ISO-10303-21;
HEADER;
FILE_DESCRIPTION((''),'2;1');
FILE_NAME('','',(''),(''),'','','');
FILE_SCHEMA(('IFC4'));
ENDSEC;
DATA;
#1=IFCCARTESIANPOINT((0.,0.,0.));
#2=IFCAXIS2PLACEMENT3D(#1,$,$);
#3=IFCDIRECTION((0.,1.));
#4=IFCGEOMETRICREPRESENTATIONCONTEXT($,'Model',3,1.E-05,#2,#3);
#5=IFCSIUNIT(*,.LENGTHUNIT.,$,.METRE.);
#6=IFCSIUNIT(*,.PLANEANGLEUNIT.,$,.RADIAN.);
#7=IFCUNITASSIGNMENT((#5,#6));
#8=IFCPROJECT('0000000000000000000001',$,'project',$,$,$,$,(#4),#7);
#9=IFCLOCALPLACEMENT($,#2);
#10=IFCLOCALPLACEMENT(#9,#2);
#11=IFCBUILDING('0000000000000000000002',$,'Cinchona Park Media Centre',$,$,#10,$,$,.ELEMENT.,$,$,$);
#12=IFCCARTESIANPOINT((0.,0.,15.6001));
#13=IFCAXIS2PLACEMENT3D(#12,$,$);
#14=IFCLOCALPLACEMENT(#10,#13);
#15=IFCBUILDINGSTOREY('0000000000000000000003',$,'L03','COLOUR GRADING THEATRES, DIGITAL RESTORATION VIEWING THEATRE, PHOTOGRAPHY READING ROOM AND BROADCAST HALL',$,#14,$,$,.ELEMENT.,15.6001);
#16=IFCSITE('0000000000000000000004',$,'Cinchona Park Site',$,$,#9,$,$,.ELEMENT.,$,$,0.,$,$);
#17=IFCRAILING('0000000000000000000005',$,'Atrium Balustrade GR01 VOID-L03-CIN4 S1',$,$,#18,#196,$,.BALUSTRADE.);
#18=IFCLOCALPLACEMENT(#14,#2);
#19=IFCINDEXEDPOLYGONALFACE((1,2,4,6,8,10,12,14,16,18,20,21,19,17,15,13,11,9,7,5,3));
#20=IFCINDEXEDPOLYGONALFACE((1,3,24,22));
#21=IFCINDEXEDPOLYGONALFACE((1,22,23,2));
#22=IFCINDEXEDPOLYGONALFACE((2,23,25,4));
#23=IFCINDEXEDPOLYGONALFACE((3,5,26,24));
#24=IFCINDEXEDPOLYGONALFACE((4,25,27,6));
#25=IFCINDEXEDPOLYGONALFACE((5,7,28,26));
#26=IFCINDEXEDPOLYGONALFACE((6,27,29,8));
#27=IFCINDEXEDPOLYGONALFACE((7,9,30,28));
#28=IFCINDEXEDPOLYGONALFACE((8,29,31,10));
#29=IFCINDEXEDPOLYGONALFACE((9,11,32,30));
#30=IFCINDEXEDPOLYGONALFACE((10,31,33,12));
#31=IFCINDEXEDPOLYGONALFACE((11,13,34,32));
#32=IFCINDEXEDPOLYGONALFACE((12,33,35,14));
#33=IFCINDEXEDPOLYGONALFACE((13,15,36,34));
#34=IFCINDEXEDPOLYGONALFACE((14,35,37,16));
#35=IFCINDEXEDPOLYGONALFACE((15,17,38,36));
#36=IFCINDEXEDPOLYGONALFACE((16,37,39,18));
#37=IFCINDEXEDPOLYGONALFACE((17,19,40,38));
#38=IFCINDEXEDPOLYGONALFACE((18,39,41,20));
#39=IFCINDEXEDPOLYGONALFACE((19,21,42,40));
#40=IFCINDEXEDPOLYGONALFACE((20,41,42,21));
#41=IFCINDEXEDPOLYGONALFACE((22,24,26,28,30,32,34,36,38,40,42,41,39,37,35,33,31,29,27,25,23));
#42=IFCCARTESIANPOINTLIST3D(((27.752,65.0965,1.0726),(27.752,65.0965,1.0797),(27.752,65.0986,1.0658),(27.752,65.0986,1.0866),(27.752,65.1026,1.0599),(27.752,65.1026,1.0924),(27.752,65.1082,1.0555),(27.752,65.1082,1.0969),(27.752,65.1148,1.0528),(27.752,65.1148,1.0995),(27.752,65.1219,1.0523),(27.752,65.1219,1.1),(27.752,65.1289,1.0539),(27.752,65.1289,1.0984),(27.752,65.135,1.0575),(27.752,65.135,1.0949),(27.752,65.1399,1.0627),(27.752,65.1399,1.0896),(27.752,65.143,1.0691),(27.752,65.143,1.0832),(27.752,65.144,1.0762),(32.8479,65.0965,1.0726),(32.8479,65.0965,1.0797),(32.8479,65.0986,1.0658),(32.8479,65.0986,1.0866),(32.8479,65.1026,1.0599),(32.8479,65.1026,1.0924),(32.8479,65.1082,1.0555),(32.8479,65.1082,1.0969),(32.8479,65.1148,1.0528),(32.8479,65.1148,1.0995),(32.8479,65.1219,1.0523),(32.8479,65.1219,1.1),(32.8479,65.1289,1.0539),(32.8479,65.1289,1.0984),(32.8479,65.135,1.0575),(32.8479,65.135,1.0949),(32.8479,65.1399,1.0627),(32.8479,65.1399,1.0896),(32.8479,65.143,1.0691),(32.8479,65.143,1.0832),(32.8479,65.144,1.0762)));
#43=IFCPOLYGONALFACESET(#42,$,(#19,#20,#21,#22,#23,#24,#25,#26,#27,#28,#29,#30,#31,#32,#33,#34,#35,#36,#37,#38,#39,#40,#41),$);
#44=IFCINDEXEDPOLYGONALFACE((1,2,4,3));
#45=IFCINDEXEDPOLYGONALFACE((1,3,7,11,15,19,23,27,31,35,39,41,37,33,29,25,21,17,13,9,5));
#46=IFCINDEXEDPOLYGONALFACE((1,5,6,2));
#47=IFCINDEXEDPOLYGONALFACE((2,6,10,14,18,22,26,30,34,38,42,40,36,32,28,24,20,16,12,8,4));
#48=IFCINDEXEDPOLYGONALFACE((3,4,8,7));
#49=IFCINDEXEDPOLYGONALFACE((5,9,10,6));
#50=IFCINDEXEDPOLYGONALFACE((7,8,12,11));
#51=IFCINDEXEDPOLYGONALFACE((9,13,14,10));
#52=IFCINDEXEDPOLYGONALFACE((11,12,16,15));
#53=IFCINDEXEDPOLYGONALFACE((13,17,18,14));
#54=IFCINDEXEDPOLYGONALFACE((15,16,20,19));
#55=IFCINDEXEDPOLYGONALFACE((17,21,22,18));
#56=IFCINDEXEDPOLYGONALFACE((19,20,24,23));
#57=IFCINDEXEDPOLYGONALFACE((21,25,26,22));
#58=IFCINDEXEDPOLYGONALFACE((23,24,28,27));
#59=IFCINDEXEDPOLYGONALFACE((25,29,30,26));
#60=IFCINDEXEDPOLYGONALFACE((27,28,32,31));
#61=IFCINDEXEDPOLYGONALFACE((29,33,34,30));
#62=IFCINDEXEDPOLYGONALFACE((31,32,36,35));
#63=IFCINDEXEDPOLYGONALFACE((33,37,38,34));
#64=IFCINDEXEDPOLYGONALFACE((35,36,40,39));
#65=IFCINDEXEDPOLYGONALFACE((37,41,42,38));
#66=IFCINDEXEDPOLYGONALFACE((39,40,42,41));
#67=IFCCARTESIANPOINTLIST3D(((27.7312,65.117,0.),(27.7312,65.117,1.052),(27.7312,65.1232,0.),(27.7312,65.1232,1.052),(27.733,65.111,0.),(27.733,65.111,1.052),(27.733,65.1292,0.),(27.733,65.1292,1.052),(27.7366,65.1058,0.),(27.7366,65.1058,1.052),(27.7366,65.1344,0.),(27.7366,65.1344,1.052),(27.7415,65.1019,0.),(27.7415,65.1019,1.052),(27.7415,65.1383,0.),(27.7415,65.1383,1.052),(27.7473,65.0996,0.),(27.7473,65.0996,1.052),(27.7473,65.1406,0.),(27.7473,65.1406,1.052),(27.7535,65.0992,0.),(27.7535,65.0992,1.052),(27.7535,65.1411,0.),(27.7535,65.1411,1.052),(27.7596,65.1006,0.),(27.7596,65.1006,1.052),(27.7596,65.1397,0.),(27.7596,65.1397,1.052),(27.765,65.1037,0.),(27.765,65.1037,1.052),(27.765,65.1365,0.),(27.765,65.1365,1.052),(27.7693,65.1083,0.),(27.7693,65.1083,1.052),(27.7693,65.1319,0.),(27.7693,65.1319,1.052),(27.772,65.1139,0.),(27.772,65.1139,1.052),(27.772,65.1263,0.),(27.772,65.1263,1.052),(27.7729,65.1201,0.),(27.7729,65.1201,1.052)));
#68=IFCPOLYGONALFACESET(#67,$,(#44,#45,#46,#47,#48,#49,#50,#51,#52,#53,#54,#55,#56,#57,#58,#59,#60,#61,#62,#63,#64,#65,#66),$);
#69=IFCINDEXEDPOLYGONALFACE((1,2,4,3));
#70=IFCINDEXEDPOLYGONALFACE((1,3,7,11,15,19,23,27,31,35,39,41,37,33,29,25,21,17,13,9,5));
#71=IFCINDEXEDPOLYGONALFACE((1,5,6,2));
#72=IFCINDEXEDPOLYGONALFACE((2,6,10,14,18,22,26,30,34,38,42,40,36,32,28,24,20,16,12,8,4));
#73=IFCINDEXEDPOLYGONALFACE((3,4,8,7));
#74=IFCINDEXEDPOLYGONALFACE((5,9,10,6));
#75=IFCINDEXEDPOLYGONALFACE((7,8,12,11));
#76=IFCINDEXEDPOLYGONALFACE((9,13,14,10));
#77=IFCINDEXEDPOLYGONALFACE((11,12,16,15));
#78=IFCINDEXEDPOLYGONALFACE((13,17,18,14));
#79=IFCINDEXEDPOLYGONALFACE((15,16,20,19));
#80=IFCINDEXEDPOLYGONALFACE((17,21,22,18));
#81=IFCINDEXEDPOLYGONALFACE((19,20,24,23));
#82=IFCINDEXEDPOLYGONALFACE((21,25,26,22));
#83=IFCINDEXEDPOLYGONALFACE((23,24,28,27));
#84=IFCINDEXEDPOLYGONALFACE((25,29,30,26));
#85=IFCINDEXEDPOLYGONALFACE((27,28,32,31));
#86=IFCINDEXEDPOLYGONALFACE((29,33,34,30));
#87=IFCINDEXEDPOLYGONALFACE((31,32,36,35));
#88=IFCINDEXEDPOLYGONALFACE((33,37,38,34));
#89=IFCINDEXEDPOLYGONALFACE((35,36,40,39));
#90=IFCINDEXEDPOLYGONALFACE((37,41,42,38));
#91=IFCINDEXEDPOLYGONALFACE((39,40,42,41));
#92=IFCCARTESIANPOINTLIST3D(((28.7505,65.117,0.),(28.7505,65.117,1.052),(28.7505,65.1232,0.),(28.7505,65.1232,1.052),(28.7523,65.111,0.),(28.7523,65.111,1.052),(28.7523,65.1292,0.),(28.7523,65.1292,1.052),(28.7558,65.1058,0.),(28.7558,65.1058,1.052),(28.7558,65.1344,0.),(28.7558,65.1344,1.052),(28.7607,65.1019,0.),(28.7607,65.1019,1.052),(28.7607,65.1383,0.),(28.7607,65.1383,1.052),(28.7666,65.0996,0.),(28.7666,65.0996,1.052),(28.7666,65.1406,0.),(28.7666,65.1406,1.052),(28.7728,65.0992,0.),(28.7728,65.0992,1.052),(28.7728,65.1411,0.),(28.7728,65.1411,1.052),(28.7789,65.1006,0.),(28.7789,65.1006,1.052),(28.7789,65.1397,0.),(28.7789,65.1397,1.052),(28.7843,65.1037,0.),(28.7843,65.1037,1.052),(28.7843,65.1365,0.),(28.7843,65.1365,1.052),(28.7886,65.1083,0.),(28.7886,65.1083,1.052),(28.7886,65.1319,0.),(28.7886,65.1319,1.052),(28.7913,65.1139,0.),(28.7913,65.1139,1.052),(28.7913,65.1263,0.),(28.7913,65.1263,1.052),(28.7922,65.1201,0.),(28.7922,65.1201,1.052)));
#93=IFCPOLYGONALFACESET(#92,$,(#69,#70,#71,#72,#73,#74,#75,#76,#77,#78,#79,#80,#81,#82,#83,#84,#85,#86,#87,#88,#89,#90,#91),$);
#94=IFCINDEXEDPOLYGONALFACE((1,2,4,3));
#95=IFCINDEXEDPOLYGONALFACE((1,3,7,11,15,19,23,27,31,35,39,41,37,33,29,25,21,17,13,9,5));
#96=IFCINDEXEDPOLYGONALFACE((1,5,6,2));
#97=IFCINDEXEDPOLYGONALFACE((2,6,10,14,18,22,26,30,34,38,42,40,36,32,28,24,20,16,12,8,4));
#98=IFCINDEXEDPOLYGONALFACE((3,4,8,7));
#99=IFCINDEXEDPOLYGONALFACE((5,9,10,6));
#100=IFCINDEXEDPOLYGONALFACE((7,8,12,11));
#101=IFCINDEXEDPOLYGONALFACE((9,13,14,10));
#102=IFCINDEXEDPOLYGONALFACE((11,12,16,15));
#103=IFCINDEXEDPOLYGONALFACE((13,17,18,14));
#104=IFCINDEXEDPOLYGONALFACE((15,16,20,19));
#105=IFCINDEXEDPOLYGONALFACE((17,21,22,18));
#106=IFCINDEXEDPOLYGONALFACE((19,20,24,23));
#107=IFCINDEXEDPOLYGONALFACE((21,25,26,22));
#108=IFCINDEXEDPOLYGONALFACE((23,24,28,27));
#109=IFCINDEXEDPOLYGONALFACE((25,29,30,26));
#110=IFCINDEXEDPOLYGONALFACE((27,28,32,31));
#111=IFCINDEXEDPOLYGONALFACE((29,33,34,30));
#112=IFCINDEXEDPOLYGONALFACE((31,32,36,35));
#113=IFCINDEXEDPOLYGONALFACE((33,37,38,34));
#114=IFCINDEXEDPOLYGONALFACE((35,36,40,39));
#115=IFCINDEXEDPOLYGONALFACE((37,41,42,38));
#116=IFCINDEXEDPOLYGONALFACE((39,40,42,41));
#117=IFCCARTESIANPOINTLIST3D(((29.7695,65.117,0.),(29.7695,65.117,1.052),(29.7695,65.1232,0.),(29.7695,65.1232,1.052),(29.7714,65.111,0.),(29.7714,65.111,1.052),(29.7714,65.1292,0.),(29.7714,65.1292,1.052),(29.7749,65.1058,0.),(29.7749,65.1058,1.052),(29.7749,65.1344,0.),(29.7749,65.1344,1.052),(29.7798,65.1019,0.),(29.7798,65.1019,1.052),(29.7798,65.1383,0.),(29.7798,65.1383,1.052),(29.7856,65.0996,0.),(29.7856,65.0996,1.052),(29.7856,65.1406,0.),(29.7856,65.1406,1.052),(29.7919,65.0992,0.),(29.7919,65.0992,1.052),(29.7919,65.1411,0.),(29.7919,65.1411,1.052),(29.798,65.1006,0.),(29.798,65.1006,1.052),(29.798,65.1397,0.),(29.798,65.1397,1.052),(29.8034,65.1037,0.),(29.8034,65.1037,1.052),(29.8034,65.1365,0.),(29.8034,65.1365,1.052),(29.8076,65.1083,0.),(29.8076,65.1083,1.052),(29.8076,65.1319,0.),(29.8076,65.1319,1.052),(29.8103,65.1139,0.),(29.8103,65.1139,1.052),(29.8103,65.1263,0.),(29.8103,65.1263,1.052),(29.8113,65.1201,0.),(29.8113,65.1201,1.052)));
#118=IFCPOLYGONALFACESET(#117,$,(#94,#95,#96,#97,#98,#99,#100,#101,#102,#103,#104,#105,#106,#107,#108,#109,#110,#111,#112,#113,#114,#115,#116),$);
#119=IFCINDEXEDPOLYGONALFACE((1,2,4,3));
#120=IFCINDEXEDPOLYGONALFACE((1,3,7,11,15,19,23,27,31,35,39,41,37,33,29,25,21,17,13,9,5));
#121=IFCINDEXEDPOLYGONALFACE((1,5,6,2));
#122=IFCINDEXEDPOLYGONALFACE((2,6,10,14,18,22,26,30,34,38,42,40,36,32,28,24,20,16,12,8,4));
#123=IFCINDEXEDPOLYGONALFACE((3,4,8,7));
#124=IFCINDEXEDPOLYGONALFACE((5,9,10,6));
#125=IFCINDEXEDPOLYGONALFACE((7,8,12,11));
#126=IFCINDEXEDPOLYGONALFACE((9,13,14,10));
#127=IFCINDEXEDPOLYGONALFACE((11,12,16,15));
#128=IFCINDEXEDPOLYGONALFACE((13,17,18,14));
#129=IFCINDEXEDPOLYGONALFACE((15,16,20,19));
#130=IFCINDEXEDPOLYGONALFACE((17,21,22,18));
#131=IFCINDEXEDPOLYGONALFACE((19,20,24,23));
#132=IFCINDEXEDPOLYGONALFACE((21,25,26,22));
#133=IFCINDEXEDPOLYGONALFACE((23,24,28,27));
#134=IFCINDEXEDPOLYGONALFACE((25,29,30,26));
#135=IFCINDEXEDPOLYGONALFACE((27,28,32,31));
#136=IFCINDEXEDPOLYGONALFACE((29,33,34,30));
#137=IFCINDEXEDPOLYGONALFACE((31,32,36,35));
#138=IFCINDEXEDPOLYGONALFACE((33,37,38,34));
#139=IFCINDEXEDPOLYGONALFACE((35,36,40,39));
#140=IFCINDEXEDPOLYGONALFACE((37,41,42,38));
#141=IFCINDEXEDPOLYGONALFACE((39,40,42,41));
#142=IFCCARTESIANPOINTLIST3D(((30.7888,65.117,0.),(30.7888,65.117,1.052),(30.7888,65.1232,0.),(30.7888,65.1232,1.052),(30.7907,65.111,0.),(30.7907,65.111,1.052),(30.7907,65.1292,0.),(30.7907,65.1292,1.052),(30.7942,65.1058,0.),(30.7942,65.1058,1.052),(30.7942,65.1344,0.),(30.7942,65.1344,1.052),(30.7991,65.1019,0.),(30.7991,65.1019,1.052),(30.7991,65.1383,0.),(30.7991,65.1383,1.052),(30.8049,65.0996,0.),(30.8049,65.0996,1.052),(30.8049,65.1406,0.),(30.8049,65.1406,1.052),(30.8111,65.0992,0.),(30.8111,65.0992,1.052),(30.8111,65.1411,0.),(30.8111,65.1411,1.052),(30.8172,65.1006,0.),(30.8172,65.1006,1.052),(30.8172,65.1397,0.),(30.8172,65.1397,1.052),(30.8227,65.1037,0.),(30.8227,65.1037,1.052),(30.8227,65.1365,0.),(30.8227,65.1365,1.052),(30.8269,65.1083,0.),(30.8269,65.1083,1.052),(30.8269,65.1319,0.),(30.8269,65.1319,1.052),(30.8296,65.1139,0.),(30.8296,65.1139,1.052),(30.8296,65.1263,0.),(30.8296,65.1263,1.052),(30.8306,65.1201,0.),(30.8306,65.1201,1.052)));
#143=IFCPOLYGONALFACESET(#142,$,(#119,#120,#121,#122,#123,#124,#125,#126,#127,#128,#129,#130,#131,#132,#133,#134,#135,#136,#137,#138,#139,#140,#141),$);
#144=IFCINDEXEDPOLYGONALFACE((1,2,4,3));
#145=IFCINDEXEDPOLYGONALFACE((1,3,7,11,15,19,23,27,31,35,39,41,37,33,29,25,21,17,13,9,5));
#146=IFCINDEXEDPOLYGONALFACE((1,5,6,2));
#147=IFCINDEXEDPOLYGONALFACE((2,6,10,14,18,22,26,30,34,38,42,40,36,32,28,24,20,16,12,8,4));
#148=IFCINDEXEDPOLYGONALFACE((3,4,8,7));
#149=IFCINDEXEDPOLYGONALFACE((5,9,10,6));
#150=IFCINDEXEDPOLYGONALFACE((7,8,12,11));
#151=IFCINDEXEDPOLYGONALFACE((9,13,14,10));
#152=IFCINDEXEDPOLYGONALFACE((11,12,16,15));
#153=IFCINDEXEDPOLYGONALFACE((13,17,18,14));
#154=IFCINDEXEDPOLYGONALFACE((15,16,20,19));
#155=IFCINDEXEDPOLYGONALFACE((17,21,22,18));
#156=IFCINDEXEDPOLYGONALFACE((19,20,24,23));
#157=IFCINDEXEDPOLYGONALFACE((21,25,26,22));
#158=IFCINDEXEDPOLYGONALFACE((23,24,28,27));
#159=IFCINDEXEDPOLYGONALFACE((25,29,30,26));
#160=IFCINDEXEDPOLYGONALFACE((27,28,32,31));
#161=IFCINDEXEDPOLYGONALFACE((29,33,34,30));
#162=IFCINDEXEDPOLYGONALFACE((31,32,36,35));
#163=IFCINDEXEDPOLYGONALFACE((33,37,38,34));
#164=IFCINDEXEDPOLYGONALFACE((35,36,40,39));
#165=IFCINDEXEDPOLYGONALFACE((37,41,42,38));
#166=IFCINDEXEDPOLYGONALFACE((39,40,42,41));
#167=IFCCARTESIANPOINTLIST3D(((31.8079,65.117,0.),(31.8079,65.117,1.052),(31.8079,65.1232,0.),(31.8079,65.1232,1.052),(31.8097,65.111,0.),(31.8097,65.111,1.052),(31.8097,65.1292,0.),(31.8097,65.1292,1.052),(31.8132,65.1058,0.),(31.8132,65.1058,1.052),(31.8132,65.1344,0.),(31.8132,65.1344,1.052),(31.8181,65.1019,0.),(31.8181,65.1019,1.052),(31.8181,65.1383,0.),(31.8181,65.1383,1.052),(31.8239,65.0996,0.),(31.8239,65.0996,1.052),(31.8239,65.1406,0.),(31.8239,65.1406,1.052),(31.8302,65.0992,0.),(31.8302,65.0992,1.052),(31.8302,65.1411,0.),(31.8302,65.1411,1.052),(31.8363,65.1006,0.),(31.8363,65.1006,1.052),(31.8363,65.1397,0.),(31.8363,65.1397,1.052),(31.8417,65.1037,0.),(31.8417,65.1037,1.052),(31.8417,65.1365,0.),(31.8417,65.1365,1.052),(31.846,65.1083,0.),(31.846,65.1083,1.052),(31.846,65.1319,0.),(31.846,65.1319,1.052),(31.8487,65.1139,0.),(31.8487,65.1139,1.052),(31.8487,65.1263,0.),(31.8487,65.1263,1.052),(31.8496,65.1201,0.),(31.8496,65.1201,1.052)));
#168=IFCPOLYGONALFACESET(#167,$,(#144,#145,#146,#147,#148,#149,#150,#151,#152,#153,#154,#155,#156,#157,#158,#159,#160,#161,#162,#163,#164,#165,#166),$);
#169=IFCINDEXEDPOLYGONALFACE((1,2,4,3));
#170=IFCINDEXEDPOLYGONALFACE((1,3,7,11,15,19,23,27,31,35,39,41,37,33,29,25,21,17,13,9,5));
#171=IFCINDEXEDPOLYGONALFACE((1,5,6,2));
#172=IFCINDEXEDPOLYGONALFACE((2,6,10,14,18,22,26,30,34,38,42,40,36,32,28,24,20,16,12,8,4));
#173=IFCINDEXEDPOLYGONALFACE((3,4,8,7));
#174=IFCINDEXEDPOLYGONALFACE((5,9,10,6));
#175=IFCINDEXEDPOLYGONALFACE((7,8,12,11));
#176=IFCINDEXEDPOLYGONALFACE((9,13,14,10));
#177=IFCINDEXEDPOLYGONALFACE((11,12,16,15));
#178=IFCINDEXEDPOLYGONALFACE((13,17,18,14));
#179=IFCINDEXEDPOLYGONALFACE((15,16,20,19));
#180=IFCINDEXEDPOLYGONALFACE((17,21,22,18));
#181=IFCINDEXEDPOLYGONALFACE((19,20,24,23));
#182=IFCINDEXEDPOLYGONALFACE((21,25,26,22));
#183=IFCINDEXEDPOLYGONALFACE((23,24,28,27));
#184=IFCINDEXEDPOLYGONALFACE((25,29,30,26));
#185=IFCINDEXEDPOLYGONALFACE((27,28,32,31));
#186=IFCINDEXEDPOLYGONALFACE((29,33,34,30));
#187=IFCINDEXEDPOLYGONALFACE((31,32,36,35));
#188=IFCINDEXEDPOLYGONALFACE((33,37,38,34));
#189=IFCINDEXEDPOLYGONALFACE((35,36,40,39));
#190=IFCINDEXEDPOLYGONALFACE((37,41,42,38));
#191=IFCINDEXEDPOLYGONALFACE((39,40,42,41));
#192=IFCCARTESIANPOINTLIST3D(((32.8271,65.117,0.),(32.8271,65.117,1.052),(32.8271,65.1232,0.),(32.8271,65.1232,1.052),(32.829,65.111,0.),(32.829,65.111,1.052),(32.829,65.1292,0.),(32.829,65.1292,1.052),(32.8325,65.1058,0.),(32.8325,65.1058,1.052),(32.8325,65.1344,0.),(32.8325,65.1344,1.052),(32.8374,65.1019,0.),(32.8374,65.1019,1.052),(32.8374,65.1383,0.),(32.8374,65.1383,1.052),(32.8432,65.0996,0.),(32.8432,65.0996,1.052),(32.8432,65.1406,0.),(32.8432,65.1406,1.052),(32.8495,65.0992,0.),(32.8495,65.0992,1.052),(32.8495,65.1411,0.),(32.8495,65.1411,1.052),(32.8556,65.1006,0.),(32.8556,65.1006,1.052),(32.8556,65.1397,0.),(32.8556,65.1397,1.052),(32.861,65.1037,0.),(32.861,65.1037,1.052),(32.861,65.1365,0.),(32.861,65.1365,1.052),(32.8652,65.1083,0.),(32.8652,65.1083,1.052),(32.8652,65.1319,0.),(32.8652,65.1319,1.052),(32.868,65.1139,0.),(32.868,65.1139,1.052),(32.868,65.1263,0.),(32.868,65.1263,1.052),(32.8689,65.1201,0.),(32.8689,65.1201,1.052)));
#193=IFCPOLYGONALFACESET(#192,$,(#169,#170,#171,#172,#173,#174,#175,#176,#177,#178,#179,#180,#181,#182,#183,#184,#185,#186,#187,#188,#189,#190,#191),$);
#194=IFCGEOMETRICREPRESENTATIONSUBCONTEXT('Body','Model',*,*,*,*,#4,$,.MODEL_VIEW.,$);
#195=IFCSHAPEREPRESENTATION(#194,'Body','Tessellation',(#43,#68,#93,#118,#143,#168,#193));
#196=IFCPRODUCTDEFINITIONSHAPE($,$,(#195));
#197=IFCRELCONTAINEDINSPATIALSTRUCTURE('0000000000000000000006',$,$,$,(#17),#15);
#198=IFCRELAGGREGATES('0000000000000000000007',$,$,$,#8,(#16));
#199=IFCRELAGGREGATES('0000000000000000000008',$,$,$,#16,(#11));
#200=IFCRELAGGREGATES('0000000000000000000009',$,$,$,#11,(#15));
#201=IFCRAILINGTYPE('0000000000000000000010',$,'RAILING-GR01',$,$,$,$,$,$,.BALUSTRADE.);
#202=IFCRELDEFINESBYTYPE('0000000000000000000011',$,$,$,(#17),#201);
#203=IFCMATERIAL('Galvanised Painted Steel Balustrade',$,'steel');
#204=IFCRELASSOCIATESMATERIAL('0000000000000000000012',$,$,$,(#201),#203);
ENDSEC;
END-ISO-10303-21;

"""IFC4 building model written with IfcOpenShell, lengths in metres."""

from ifc_helpers import new_model, si_unit, direction, frame, origin, origin_2d, place, context, subcontext, project, spatial, circle, extrude, material, type_object, element, save


model = new_model("IFC4")

# Units and contexts
model_context = context("Model", 3, precision=1e-05, world=origin(), true_north=direction((0.0, 1.0)))
body_context = subcontext(model_context, "Body", "Model", "MODEL_VIEW")
ifc_project = project(units=[si_unit("LENGTHUNIT", "METRE"), si_unit("PLANEANGLEUNIT", "RADIAN")], contexts=[model_context])

# Site, building, storey
site_placement = place(None, origin())
site = spatial("IfcSite", under=ifc_project, at=site_placement, Name="Cinchona Park Site", CompositionType="ELEMENT", RefElevation=0.0)
building_placement = place(site_placement, origin())
building = spatial("IfcBuilding", under=site, at=building_placement, Name="Cinchona Park Media Centre", CompositionType="ELEMENT")
storey_placement = place(building_placement, frame((0.0, 0.0, 15.6001)))
storey = spatial("IfcBuildingStorey", under=building, at=storey_placement, Name="L03", Description="COLOUR GRADING THEATRES, DIGITAL RESTORATION VIEWING THEATRE, PHOTOGRAPHY READING ROOM AND BROADCAST HALL", CompositionType="ELEMENT", Elevation=15.6001)

# Railing
ifc_material_1 = material(Name="Galvanised Painted Steel Balustrade", Category="steel")
railing_type_1 = type_object("IfcRailingType", Name="RAILING-GR01", PredefinedType="BALUSTRADE", material=ifc_material_1)
railing_1_placement = place(storey_placement, frame((27.752, 65.1201, 0.0)))
element("IfcRailing", 1, at=railing_1_placement, inside=storey, type_object=railing_type_1, Name="Atrium Balustrade GR01 VOID-L03-CIN4 S1", PredefinedType="BALUSTRADE", context=body_context, shape_type="SweptSolid", body=[
    extrude(circle(Radius=0.0239, at=origin_2d()), frame((0.0, 0.0, 1.0762), z_axis=(1.0, 0.0, 0.0), x_axis=(0.0, 1.0, 0.0)), (0.0, 0.0, 1.0), 5.0959),
    extrude(circle(Radius=0.021, at=origin_2d()), origin(), (0.0, 0.0, 1.0), 1.052),
    extrude(circle(Radius=0.021, at=origin_2d()), frame((1.0193, 0.0, 0.0)), (0.0, 0.0, 1.0), 1.052),
    extrude(circle(Radius=0.021, at=origin_2d()), frame((2.0383, 0.0, 0.0)), (0.0, 0.0, 1.0), 1.052),
    extrude(circle(Radius=0.021, at=origin_2d()), frame((3.0576, 0.0, 0.0)), (0.0, 0.0, 1.0), 1.052),
    extrude(circle(Radius=0.021, at=origin_2d()), frame((4.0767, 0.0, 0.0)), (0.0, 0.0, 1.0), 1.052),
    extrude(circle(Radius=0.021, at=origin_2d()), frame((5.0959, 0.0, 0.0)), (0.0, 0.0, 1.0), 1.052),
])

save(model, "model.ifc")
